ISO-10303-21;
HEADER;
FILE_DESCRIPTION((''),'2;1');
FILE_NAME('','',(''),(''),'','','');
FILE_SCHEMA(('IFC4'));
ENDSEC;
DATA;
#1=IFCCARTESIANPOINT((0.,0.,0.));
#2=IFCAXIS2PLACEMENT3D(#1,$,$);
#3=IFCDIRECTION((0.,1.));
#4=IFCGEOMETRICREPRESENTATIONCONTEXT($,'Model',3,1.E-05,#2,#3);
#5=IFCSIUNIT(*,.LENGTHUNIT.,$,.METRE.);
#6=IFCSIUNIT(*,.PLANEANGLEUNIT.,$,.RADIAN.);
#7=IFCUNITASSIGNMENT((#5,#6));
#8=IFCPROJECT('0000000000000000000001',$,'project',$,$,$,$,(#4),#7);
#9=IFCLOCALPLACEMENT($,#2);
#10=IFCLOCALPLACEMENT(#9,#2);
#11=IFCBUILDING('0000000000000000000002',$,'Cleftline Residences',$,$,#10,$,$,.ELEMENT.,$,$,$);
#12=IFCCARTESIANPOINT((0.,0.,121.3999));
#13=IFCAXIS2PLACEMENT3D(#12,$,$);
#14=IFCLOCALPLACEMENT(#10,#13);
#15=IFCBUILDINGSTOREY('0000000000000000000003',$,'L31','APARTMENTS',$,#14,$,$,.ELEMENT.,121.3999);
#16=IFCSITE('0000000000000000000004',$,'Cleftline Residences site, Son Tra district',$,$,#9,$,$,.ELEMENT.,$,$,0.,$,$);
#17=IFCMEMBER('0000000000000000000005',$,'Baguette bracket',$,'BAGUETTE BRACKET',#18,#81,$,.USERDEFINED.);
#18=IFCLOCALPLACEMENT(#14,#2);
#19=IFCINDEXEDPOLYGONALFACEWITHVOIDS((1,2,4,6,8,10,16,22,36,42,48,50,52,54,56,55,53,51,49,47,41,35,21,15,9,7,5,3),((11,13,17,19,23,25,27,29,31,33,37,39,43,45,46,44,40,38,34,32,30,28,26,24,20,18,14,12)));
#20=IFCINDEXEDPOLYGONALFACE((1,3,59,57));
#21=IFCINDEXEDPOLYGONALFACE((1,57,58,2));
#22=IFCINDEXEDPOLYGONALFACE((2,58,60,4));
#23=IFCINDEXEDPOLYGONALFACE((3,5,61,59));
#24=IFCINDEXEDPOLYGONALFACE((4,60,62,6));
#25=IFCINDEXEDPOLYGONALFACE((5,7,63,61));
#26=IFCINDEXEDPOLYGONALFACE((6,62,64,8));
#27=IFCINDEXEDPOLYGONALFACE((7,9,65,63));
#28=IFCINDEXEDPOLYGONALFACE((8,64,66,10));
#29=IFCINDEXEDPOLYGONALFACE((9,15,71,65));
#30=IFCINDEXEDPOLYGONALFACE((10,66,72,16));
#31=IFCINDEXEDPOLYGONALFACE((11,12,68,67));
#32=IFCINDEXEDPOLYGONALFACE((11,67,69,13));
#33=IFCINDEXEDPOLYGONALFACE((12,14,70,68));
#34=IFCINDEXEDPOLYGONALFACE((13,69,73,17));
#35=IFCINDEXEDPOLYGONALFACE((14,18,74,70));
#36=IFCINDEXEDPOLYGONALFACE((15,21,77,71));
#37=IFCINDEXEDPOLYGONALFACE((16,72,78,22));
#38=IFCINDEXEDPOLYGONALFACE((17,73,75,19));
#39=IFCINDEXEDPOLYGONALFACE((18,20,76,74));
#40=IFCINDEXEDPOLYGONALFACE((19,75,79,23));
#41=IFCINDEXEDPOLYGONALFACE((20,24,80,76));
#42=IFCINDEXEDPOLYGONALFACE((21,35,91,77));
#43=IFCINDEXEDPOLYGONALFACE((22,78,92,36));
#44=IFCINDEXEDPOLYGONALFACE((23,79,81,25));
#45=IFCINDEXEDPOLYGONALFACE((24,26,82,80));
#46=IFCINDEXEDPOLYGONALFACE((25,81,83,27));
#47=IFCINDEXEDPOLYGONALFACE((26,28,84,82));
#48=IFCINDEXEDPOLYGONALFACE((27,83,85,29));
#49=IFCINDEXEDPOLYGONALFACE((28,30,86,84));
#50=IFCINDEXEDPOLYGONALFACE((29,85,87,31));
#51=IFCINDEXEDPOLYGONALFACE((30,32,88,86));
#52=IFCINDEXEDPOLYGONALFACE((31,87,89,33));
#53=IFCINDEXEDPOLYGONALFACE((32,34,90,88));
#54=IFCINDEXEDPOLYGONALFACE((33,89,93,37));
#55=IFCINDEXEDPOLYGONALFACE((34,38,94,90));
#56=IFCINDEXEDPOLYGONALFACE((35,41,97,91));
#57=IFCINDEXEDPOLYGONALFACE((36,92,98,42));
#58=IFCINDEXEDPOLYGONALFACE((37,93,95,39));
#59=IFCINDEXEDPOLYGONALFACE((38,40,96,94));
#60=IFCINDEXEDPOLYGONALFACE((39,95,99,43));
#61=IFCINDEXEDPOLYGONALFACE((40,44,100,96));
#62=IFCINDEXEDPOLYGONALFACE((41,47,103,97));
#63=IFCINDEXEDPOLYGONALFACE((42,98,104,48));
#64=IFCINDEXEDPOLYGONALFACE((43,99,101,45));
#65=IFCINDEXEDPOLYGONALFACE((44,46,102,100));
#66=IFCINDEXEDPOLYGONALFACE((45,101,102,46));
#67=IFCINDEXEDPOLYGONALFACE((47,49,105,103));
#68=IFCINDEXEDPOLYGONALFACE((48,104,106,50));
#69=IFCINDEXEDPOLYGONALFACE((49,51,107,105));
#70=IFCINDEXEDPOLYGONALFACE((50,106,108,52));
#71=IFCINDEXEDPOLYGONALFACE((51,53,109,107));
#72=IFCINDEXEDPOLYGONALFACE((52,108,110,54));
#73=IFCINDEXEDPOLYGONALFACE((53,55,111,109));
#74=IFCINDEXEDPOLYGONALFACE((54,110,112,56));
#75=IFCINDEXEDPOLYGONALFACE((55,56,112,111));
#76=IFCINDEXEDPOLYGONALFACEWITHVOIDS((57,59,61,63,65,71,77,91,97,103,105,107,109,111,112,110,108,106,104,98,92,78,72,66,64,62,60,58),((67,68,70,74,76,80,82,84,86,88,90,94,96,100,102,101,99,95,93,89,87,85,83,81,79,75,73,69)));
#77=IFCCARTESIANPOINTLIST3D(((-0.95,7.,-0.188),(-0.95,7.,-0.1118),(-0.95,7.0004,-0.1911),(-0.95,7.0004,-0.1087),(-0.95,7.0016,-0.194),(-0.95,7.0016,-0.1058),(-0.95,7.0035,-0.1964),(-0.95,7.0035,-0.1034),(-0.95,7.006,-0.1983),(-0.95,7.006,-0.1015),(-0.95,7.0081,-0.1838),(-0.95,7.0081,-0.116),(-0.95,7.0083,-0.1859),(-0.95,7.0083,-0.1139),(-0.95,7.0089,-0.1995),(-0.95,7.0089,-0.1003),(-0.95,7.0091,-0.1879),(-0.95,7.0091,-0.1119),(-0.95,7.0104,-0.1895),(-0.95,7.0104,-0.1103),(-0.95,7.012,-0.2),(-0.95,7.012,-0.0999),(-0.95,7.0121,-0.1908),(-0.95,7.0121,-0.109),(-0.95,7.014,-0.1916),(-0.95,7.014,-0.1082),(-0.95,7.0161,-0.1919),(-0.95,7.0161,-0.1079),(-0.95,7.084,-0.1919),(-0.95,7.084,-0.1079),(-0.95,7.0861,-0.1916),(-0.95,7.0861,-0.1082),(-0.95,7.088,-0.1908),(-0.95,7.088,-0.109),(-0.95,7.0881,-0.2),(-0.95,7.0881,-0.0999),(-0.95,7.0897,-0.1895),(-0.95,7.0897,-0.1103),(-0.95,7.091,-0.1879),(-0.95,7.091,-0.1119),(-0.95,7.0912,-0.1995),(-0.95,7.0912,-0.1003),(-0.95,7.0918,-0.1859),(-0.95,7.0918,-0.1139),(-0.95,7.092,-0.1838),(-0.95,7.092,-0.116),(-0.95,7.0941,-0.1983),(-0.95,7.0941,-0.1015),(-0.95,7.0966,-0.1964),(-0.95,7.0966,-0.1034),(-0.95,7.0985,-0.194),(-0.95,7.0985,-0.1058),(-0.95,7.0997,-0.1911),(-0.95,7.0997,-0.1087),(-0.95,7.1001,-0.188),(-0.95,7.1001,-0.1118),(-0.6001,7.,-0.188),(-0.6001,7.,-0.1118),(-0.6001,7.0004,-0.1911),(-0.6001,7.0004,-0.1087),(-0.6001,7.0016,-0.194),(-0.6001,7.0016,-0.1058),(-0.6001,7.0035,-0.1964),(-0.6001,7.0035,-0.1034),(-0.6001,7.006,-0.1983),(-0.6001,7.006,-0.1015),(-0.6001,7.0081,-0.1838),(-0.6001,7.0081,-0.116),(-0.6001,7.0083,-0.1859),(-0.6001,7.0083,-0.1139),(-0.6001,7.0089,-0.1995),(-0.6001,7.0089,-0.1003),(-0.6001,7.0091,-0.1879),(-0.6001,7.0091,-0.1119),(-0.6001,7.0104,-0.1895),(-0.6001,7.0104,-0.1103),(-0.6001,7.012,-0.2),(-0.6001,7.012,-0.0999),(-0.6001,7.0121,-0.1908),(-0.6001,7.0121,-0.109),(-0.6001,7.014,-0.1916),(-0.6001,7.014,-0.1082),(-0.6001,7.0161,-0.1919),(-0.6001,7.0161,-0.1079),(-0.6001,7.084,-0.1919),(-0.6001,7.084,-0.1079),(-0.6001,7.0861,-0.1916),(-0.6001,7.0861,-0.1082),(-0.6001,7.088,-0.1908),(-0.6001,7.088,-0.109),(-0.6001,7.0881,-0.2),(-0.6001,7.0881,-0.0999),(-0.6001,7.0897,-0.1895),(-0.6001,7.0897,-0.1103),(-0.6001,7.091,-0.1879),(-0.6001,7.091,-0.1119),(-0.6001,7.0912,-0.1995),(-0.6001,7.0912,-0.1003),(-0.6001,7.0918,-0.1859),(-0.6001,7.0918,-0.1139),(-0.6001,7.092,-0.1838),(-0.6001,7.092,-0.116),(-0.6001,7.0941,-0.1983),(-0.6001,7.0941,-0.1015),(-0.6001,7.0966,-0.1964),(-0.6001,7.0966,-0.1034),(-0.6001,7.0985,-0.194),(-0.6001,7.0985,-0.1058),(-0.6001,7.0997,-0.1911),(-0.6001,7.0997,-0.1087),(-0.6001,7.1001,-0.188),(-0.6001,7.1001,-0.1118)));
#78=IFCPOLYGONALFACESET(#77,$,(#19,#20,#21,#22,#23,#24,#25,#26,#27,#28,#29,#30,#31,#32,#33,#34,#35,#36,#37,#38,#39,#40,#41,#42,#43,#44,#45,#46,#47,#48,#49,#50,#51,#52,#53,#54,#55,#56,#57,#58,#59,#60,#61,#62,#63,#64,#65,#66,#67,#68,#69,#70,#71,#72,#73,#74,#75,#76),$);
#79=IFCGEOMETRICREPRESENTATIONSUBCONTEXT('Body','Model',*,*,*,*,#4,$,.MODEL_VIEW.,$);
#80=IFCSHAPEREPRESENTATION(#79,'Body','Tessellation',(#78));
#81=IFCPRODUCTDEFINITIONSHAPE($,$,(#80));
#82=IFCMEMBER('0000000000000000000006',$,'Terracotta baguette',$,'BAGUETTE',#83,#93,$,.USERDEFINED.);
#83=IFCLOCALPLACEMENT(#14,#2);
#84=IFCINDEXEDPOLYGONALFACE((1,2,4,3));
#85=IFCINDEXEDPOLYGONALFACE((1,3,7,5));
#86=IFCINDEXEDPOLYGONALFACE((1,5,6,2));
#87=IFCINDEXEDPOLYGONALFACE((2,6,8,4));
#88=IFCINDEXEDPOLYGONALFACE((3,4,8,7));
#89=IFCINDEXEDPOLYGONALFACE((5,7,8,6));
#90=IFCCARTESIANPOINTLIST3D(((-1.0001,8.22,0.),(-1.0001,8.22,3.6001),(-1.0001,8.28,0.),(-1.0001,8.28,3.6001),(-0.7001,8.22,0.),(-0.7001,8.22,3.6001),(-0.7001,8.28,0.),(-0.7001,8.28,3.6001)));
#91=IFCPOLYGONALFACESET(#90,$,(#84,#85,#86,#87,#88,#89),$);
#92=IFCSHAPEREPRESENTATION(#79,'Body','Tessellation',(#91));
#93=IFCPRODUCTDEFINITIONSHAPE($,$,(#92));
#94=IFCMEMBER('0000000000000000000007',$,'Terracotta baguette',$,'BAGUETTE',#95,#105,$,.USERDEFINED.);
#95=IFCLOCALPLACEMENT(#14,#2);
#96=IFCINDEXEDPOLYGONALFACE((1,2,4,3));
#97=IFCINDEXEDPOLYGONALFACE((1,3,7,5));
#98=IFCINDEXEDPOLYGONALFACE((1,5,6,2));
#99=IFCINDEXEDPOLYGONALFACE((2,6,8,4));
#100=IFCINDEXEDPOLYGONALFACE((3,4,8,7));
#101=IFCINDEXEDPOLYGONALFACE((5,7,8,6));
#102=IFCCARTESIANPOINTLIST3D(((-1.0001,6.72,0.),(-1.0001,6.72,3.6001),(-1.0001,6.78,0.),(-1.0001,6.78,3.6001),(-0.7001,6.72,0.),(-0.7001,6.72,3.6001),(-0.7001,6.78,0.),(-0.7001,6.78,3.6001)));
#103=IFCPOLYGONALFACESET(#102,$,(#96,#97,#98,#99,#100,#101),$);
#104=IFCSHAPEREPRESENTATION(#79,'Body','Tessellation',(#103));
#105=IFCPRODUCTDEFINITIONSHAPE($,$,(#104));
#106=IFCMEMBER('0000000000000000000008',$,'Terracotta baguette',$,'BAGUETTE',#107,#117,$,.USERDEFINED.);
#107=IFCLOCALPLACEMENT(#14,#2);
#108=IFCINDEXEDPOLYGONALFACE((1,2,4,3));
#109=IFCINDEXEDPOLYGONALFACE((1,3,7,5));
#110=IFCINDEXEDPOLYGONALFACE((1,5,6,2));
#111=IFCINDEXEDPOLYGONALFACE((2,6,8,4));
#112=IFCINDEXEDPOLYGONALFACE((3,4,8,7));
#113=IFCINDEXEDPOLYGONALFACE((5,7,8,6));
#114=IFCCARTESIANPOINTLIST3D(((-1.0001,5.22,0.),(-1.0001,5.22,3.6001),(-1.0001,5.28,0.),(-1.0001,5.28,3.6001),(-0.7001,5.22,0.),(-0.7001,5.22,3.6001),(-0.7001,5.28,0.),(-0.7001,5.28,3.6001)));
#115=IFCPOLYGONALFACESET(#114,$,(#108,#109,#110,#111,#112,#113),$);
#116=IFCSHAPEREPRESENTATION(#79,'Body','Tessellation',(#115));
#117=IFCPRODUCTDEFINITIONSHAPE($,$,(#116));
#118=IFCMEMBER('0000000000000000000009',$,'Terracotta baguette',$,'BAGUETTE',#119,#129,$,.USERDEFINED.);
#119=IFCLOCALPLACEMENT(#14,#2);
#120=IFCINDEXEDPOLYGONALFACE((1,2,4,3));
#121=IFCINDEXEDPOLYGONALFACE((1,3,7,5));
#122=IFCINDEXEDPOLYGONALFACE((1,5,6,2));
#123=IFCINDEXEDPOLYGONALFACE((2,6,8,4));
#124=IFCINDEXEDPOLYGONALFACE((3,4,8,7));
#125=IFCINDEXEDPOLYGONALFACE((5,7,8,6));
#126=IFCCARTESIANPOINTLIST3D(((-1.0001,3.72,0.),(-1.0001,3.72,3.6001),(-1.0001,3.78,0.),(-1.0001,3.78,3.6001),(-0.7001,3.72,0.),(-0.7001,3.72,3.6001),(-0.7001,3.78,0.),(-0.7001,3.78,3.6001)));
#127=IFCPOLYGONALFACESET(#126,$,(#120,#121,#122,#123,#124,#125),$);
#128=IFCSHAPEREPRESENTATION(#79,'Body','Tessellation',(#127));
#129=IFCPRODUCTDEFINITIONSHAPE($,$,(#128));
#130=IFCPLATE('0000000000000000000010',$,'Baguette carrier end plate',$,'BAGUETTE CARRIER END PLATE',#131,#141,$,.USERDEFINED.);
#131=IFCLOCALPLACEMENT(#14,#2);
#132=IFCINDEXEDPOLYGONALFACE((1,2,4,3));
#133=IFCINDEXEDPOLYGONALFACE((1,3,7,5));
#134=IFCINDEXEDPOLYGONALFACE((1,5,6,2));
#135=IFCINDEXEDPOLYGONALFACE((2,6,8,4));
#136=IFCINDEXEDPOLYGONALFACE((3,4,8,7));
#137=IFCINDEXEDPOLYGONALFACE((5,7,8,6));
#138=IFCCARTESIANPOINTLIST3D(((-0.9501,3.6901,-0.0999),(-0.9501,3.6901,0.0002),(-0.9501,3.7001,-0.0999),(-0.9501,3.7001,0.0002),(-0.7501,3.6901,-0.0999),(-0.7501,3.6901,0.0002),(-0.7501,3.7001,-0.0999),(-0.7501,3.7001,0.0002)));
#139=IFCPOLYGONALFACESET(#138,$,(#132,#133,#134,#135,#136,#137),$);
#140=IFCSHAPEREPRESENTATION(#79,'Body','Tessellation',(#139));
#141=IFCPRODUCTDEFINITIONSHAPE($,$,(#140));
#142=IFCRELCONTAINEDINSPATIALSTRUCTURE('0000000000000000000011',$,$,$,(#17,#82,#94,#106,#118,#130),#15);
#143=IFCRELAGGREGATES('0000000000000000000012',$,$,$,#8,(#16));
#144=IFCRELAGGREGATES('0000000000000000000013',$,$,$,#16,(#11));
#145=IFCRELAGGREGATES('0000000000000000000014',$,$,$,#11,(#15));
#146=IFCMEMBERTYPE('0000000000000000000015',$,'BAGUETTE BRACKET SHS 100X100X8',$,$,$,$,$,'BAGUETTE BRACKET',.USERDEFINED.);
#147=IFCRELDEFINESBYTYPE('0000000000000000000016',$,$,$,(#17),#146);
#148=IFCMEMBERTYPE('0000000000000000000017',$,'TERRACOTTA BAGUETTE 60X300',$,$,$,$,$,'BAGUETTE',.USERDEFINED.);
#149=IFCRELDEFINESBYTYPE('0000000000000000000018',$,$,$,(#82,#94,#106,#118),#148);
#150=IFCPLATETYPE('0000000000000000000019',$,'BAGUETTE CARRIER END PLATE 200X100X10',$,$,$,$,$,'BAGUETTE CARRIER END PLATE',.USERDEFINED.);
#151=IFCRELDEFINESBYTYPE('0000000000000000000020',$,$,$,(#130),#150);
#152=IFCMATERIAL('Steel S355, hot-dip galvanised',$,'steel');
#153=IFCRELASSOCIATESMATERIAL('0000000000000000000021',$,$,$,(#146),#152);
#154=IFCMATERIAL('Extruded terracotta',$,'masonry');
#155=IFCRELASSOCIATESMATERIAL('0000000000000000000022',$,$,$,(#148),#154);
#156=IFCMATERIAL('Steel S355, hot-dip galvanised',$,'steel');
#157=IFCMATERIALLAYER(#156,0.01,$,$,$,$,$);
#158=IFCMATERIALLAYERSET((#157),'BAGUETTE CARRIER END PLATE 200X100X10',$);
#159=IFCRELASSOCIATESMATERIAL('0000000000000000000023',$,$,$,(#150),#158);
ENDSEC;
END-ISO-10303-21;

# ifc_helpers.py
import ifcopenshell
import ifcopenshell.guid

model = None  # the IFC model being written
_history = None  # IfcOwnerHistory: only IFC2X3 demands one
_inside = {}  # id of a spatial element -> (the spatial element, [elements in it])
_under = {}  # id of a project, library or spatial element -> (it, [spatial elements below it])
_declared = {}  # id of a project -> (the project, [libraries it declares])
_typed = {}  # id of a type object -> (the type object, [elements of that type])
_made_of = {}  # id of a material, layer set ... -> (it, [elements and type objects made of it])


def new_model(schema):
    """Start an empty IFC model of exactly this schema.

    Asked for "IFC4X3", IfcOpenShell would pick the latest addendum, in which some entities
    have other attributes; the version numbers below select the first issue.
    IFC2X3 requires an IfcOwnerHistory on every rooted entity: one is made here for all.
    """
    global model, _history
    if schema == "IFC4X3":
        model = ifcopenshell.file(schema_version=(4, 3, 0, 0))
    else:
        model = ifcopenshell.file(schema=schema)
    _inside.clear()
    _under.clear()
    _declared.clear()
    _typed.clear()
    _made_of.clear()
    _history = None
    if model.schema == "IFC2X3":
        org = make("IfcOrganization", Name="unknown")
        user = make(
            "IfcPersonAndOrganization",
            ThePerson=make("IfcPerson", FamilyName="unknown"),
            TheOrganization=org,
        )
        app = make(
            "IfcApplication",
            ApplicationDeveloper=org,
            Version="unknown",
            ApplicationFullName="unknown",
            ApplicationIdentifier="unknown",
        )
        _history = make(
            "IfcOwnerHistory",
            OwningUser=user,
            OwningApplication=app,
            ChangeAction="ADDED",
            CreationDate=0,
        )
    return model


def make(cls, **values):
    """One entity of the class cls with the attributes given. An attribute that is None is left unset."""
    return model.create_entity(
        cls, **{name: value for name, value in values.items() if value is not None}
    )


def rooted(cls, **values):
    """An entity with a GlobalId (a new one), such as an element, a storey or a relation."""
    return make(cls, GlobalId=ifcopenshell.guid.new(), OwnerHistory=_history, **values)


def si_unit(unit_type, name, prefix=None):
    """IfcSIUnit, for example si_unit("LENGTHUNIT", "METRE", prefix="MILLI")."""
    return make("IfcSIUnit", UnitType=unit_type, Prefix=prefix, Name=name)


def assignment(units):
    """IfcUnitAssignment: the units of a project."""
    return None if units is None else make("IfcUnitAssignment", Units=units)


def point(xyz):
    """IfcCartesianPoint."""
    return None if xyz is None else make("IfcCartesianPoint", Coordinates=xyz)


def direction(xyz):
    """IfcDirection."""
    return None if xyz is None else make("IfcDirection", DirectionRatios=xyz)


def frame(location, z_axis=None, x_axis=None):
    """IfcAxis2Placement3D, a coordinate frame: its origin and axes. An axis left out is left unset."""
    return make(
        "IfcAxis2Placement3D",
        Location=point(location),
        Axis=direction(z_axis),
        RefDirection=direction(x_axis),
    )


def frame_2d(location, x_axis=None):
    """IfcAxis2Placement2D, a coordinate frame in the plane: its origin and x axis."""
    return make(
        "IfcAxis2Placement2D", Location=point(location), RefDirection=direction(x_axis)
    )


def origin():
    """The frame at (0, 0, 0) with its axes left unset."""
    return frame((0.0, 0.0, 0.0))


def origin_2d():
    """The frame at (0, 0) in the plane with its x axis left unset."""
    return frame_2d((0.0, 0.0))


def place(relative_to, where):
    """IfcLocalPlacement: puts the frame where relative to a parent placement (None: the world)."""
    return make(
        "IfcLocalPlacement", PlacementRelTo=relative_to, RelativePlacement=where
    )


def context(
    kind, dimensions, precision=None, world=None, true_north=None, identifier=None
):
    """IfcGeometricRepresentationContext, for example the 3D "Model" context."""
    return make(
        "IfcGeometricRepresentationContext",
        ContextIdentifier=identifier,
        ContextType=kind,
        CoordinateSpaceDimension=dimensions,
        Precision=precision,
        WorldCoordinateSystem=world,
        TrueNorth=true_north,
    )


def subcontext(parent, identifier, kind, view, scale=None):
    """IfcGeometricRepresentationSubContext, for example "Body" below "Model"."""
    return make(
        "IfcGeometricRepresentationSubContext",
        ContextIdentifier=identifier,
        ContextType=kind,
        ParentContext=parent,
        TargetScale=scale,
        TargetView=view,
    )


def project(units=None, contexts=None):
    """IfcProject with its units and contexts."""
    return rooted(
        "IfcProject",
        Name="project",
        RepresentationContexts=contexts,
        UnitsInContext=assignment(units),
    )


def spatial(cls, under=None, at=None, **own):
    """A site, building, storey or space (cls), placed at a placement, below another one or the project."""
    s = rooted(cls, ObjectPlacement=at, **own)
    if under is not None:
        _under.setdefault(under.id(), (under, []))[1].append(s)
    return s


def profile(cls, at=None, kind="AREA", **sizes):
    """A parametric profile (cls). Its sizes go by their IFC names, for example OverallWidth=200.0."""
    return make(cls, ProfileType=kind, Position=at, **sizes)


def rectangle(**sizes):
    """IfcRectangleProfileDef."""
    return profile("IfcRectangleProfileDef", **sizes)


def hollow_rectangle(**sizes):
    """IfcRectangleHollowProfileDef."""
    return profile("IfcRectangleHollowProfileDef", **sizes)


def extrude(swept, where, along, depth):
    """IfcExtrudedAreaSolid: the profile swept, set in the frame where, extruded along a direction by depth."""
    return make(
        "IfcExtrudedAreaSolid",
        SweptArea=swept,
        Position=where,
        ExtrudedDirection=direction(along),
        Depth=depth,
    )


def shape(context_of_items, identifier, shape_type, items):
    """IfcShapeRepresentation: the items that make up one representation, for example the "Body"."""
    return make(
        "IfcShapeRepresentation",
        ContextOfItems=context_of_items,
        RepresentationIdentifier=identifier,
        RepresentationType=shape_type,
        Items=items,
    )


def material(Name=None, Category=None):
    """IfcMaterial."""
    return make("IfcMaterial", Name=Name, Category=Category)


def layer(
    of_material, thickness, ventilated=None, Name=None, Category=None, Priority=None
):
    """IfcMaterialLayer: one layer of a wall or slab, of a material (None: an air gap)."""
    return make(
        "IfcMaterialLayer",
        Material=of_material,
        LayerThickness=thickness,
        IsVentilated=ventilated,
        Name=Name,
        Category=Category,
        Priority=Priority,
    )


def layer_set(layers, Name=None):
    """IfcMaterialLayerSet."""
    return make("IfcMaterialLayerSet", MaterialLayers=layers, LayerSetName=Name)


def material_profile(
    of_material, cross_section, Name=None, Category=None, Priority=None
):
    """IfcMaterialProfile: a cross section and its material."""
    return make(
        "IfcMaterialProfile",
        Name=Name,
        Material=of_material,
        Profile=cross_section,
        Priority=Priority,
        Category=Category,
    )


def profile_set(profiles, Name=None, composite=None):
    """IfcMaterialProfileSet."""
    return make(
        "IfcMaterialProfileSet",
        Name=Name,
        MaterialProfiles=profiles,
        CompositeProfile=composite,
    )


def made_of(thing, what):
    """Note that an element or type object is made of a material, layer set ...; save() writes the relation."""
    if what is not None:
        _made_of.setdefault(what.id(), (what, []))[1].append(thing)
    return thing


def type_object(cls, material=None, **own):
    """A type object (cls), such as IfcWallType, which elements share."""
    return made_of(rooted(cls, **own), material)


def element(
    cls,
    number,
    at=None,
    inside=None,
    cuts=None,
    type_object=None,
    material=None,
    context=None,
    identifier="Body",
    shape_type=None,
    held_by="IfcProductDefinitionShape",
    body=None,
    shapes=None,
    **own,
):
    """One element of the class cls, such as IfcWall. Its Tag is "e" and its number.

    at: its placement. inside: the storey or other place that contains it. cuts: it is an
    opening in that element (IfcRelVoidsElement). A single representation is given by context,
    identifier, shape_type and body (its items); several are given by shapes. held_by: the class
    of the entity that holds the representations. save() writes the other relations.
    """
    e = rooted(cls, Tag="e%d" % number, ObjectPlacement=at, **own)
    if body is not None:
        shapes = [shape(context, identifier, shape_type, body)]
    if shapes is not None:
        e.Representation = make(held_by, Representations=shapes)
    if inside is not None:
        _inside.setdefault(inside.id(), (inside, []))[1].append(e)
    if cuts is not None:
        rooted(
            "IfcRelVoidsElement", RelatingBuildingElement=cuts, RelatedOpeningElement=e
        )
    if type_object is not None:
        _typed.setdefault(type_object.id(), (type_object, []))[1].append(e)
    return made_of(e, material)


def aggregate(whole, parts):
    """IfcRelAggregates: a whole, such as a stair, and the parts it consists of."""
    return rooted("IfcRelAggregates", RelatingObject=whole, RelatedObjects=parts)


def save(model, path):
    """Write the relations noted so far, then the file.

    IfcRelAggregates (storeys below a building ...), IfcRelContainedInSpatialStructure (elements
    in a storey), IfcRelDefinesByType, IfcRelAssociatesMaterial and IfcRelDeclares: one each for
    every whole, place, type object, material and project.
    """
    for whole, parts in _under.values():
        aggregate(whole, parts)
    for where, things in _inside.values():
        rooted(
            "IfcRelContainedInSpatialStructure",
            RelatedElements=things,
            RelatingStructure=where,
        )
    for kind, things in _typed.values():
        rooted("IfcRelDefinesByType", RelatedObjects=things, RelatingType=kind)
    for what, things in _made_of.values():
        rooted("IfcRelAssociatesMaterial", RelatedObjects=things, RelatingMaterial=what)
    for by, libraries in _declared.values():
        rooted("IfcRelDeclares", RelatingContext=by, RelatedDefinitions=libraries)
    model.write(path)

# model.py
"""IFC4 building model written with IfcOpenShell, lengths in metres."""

from ifc_helpers import new_model, si_unit, direction, frame, origin, origin_2d, place, context, subcontext, project, spatial, rectangle, hollow_rectangle, extrude, material, layer, layer_set, material_profile, profile_set, type_object, element, save


model = new_model("IFC4")

# Units and contexts
model_context = context("Model", 3, precision=1e-05, world=origin(), true_north=direction((0.0, 1.0)))
body_context = subcontext(model_context, "Body", "Model", "MODEL_VIEW")
ifc_project = project(units=[si_unit("LENGTHUNIT", "METRE"), si_unit("PLANEANGLEUNIT", "RADIAN")], contexts=[model_context])

# Site, building, storey
site_placement = place(None, origin())
site = spatial("IfcSite", under=ifc_project, at=site_placement, Name="Cleftline Residences site, Son Tra district", CompositionType="ELEMENT", RefElevation=0.0)
building_placement = place(site_placement, origin())
building = spatial("IfcBuilding", under=site, at=building_placement, Name="Cleftline Residences", CompositionType="ELEMENT")
storey_placement = place(building_placement, frame((0.0, 0.0, 121.3999)))
storey = spatial("IfcBuildingStorey", under=building, at=storey_placement, Name="L31", Description="APARTMENTS", CompositionType="ELEMENT", Elevation=121.3999)

# Members
ifc_material_1 = material(Name="Steel S355, hot-dip galvanised", Category="steel")
ifc_material_profile_1 = material_profile(ifc_material_1, hollow_rectangle(XDim=0.1001, YDim=0.1001, WallThickness=0.0081, InnerFilletRadius=0.0081, OuterFilletRadius=0.012, at=origin_2d()))
ifc_profile_set_1 = profile_set([ifc_material_profile_1], Name="Steel S355, hot-dip galvanised")
member_type_1 = type_object("IfcMemberType", Name="BAGUETTE BRACKET SHS 100X100X8", ElementType="BAGUETTE BRACKET", PredefinedType="USERDEFINED", material=ifc_profile_set_1)
member_placement = place(storey_placement, frame((-0.6001, 7.05, -0.1499), z_axis=(-1.0, 0.0, 0.0), x_axis=(0.0, -1.0, 0.0)))
element("IfcMember", 1, at=member_placement, inside=storey, type_object=member_type_1, Name="Baguette bracket", ObjectType="BAGUETTE BRACKET", PredefinedType="USERDEFINED", context=body_context, shape_type="SweptSolid", body=[
    extrude(hollow_rectangle(XDim=0.1001, YDim=0.1001, WallThickness=0.0081, InnerFilletRadius=0.0081, OuterFilletRadius=0.012, at=origin_2d()), origin(), (0.0, 0.0, 1.0), 0.3499),
])
ifc_material_2 = material(Name="Extruded terracotta", Category="masonry")
ifc_material_profile_2 = material_profile(ifc_material_2, rectangle(XDim=0.0601, YDim=0.3, at=origin_2d()))
ifc_profile_set_2 = profile_set([ifc_material_profile_2], Name="Extruded terracotta")
member_type_2 = type_object("IfcMemberType", Name="TERRACOTTA BAGUETTE 60X300", ElementType="BAGUETTE", PredefinedType="USERDEFINED", material=ifc_profile_set_2)
for number, where, z_axis, x_axis, name in (
    (2, (-0.8501, 8.25, 0.0), (0.0, 0.0, 1.0), (0.0, 1.0, 0.0), "Terracotta baguette"),
    (3, (-0.8501, 6.75, 0.0), (0.0, 0.0, 1.0), (0.0, 1.0, 0.0), "Terracotta baguette"),
    (4, (-0.8501, 5.25, 0.0), (0.0, 0.0, 1.0), (0.0, 1.0, 0.0), "Terracotta baguette"),
    (5, (-0.8501, 3.75, 0.0), (0.0, 0.0, 1.0), (0.0, 1.0, 0.0), "Terracotta baguette"),
):
    element("IfcMember", number, at=place(storey_placement, frame(where, z_axis=z_axis, x_axis=x_axis)), inside=storey, type_object=member_type_2, Name=name, ObjectType="BAGUETTE", PredefinedType="USERDEFINED", context=body_context, shape_type="SweptSolid", body=[
        extrude(rectangle(XDim=0.0601, YDim=0.3, at=origin_2d()), origin(), (0.0, 0.0, 1.0), 3.6001),
    ])

# Plate
ifc_material_3 = material(Name="Steel S355, hot-dip galvanised", Category="steel")
ifc_layer_1 = layer(ifc_material_3, 0.01)
ifc_layer_set_1 = layer_set([ifc_layer_1], Name="BAGUETTE CARRIER END PLATE 200X100X10")
plate_type = type_object("IfcPlateType", Name="BAGUETTE CARRIER END PLATE 200X100X10", ElementType="BAGUETTE CARRIER END PLATE", PredefinedType="USERDEFINED", material=ifc_layer_set_1)
plate_placement = place(storey_placement, frame((-0.8501, 3.6951, -0.0999), z_axis=(0.0, 0.0, 1.0), x_axis=(-1.0, 0.0, 0.0)))
element("IfcPlate", 6, at=plate_placement, inside=storey, type_object=plate_type, Name="Baguette carrier end plate", ObjectType="BAGUETTE CARRIER END PLATE", PredefinedType="USERDEFINED", context=body_context, shape_type="SweptSolid", body=[
    extrude(rectangle(XDim=0.2, YDim=0.01, at=origin_2d()), origin(), (0.0, 0.0, 1.0), 0.1001),
])

save(model, "model.ifc")
